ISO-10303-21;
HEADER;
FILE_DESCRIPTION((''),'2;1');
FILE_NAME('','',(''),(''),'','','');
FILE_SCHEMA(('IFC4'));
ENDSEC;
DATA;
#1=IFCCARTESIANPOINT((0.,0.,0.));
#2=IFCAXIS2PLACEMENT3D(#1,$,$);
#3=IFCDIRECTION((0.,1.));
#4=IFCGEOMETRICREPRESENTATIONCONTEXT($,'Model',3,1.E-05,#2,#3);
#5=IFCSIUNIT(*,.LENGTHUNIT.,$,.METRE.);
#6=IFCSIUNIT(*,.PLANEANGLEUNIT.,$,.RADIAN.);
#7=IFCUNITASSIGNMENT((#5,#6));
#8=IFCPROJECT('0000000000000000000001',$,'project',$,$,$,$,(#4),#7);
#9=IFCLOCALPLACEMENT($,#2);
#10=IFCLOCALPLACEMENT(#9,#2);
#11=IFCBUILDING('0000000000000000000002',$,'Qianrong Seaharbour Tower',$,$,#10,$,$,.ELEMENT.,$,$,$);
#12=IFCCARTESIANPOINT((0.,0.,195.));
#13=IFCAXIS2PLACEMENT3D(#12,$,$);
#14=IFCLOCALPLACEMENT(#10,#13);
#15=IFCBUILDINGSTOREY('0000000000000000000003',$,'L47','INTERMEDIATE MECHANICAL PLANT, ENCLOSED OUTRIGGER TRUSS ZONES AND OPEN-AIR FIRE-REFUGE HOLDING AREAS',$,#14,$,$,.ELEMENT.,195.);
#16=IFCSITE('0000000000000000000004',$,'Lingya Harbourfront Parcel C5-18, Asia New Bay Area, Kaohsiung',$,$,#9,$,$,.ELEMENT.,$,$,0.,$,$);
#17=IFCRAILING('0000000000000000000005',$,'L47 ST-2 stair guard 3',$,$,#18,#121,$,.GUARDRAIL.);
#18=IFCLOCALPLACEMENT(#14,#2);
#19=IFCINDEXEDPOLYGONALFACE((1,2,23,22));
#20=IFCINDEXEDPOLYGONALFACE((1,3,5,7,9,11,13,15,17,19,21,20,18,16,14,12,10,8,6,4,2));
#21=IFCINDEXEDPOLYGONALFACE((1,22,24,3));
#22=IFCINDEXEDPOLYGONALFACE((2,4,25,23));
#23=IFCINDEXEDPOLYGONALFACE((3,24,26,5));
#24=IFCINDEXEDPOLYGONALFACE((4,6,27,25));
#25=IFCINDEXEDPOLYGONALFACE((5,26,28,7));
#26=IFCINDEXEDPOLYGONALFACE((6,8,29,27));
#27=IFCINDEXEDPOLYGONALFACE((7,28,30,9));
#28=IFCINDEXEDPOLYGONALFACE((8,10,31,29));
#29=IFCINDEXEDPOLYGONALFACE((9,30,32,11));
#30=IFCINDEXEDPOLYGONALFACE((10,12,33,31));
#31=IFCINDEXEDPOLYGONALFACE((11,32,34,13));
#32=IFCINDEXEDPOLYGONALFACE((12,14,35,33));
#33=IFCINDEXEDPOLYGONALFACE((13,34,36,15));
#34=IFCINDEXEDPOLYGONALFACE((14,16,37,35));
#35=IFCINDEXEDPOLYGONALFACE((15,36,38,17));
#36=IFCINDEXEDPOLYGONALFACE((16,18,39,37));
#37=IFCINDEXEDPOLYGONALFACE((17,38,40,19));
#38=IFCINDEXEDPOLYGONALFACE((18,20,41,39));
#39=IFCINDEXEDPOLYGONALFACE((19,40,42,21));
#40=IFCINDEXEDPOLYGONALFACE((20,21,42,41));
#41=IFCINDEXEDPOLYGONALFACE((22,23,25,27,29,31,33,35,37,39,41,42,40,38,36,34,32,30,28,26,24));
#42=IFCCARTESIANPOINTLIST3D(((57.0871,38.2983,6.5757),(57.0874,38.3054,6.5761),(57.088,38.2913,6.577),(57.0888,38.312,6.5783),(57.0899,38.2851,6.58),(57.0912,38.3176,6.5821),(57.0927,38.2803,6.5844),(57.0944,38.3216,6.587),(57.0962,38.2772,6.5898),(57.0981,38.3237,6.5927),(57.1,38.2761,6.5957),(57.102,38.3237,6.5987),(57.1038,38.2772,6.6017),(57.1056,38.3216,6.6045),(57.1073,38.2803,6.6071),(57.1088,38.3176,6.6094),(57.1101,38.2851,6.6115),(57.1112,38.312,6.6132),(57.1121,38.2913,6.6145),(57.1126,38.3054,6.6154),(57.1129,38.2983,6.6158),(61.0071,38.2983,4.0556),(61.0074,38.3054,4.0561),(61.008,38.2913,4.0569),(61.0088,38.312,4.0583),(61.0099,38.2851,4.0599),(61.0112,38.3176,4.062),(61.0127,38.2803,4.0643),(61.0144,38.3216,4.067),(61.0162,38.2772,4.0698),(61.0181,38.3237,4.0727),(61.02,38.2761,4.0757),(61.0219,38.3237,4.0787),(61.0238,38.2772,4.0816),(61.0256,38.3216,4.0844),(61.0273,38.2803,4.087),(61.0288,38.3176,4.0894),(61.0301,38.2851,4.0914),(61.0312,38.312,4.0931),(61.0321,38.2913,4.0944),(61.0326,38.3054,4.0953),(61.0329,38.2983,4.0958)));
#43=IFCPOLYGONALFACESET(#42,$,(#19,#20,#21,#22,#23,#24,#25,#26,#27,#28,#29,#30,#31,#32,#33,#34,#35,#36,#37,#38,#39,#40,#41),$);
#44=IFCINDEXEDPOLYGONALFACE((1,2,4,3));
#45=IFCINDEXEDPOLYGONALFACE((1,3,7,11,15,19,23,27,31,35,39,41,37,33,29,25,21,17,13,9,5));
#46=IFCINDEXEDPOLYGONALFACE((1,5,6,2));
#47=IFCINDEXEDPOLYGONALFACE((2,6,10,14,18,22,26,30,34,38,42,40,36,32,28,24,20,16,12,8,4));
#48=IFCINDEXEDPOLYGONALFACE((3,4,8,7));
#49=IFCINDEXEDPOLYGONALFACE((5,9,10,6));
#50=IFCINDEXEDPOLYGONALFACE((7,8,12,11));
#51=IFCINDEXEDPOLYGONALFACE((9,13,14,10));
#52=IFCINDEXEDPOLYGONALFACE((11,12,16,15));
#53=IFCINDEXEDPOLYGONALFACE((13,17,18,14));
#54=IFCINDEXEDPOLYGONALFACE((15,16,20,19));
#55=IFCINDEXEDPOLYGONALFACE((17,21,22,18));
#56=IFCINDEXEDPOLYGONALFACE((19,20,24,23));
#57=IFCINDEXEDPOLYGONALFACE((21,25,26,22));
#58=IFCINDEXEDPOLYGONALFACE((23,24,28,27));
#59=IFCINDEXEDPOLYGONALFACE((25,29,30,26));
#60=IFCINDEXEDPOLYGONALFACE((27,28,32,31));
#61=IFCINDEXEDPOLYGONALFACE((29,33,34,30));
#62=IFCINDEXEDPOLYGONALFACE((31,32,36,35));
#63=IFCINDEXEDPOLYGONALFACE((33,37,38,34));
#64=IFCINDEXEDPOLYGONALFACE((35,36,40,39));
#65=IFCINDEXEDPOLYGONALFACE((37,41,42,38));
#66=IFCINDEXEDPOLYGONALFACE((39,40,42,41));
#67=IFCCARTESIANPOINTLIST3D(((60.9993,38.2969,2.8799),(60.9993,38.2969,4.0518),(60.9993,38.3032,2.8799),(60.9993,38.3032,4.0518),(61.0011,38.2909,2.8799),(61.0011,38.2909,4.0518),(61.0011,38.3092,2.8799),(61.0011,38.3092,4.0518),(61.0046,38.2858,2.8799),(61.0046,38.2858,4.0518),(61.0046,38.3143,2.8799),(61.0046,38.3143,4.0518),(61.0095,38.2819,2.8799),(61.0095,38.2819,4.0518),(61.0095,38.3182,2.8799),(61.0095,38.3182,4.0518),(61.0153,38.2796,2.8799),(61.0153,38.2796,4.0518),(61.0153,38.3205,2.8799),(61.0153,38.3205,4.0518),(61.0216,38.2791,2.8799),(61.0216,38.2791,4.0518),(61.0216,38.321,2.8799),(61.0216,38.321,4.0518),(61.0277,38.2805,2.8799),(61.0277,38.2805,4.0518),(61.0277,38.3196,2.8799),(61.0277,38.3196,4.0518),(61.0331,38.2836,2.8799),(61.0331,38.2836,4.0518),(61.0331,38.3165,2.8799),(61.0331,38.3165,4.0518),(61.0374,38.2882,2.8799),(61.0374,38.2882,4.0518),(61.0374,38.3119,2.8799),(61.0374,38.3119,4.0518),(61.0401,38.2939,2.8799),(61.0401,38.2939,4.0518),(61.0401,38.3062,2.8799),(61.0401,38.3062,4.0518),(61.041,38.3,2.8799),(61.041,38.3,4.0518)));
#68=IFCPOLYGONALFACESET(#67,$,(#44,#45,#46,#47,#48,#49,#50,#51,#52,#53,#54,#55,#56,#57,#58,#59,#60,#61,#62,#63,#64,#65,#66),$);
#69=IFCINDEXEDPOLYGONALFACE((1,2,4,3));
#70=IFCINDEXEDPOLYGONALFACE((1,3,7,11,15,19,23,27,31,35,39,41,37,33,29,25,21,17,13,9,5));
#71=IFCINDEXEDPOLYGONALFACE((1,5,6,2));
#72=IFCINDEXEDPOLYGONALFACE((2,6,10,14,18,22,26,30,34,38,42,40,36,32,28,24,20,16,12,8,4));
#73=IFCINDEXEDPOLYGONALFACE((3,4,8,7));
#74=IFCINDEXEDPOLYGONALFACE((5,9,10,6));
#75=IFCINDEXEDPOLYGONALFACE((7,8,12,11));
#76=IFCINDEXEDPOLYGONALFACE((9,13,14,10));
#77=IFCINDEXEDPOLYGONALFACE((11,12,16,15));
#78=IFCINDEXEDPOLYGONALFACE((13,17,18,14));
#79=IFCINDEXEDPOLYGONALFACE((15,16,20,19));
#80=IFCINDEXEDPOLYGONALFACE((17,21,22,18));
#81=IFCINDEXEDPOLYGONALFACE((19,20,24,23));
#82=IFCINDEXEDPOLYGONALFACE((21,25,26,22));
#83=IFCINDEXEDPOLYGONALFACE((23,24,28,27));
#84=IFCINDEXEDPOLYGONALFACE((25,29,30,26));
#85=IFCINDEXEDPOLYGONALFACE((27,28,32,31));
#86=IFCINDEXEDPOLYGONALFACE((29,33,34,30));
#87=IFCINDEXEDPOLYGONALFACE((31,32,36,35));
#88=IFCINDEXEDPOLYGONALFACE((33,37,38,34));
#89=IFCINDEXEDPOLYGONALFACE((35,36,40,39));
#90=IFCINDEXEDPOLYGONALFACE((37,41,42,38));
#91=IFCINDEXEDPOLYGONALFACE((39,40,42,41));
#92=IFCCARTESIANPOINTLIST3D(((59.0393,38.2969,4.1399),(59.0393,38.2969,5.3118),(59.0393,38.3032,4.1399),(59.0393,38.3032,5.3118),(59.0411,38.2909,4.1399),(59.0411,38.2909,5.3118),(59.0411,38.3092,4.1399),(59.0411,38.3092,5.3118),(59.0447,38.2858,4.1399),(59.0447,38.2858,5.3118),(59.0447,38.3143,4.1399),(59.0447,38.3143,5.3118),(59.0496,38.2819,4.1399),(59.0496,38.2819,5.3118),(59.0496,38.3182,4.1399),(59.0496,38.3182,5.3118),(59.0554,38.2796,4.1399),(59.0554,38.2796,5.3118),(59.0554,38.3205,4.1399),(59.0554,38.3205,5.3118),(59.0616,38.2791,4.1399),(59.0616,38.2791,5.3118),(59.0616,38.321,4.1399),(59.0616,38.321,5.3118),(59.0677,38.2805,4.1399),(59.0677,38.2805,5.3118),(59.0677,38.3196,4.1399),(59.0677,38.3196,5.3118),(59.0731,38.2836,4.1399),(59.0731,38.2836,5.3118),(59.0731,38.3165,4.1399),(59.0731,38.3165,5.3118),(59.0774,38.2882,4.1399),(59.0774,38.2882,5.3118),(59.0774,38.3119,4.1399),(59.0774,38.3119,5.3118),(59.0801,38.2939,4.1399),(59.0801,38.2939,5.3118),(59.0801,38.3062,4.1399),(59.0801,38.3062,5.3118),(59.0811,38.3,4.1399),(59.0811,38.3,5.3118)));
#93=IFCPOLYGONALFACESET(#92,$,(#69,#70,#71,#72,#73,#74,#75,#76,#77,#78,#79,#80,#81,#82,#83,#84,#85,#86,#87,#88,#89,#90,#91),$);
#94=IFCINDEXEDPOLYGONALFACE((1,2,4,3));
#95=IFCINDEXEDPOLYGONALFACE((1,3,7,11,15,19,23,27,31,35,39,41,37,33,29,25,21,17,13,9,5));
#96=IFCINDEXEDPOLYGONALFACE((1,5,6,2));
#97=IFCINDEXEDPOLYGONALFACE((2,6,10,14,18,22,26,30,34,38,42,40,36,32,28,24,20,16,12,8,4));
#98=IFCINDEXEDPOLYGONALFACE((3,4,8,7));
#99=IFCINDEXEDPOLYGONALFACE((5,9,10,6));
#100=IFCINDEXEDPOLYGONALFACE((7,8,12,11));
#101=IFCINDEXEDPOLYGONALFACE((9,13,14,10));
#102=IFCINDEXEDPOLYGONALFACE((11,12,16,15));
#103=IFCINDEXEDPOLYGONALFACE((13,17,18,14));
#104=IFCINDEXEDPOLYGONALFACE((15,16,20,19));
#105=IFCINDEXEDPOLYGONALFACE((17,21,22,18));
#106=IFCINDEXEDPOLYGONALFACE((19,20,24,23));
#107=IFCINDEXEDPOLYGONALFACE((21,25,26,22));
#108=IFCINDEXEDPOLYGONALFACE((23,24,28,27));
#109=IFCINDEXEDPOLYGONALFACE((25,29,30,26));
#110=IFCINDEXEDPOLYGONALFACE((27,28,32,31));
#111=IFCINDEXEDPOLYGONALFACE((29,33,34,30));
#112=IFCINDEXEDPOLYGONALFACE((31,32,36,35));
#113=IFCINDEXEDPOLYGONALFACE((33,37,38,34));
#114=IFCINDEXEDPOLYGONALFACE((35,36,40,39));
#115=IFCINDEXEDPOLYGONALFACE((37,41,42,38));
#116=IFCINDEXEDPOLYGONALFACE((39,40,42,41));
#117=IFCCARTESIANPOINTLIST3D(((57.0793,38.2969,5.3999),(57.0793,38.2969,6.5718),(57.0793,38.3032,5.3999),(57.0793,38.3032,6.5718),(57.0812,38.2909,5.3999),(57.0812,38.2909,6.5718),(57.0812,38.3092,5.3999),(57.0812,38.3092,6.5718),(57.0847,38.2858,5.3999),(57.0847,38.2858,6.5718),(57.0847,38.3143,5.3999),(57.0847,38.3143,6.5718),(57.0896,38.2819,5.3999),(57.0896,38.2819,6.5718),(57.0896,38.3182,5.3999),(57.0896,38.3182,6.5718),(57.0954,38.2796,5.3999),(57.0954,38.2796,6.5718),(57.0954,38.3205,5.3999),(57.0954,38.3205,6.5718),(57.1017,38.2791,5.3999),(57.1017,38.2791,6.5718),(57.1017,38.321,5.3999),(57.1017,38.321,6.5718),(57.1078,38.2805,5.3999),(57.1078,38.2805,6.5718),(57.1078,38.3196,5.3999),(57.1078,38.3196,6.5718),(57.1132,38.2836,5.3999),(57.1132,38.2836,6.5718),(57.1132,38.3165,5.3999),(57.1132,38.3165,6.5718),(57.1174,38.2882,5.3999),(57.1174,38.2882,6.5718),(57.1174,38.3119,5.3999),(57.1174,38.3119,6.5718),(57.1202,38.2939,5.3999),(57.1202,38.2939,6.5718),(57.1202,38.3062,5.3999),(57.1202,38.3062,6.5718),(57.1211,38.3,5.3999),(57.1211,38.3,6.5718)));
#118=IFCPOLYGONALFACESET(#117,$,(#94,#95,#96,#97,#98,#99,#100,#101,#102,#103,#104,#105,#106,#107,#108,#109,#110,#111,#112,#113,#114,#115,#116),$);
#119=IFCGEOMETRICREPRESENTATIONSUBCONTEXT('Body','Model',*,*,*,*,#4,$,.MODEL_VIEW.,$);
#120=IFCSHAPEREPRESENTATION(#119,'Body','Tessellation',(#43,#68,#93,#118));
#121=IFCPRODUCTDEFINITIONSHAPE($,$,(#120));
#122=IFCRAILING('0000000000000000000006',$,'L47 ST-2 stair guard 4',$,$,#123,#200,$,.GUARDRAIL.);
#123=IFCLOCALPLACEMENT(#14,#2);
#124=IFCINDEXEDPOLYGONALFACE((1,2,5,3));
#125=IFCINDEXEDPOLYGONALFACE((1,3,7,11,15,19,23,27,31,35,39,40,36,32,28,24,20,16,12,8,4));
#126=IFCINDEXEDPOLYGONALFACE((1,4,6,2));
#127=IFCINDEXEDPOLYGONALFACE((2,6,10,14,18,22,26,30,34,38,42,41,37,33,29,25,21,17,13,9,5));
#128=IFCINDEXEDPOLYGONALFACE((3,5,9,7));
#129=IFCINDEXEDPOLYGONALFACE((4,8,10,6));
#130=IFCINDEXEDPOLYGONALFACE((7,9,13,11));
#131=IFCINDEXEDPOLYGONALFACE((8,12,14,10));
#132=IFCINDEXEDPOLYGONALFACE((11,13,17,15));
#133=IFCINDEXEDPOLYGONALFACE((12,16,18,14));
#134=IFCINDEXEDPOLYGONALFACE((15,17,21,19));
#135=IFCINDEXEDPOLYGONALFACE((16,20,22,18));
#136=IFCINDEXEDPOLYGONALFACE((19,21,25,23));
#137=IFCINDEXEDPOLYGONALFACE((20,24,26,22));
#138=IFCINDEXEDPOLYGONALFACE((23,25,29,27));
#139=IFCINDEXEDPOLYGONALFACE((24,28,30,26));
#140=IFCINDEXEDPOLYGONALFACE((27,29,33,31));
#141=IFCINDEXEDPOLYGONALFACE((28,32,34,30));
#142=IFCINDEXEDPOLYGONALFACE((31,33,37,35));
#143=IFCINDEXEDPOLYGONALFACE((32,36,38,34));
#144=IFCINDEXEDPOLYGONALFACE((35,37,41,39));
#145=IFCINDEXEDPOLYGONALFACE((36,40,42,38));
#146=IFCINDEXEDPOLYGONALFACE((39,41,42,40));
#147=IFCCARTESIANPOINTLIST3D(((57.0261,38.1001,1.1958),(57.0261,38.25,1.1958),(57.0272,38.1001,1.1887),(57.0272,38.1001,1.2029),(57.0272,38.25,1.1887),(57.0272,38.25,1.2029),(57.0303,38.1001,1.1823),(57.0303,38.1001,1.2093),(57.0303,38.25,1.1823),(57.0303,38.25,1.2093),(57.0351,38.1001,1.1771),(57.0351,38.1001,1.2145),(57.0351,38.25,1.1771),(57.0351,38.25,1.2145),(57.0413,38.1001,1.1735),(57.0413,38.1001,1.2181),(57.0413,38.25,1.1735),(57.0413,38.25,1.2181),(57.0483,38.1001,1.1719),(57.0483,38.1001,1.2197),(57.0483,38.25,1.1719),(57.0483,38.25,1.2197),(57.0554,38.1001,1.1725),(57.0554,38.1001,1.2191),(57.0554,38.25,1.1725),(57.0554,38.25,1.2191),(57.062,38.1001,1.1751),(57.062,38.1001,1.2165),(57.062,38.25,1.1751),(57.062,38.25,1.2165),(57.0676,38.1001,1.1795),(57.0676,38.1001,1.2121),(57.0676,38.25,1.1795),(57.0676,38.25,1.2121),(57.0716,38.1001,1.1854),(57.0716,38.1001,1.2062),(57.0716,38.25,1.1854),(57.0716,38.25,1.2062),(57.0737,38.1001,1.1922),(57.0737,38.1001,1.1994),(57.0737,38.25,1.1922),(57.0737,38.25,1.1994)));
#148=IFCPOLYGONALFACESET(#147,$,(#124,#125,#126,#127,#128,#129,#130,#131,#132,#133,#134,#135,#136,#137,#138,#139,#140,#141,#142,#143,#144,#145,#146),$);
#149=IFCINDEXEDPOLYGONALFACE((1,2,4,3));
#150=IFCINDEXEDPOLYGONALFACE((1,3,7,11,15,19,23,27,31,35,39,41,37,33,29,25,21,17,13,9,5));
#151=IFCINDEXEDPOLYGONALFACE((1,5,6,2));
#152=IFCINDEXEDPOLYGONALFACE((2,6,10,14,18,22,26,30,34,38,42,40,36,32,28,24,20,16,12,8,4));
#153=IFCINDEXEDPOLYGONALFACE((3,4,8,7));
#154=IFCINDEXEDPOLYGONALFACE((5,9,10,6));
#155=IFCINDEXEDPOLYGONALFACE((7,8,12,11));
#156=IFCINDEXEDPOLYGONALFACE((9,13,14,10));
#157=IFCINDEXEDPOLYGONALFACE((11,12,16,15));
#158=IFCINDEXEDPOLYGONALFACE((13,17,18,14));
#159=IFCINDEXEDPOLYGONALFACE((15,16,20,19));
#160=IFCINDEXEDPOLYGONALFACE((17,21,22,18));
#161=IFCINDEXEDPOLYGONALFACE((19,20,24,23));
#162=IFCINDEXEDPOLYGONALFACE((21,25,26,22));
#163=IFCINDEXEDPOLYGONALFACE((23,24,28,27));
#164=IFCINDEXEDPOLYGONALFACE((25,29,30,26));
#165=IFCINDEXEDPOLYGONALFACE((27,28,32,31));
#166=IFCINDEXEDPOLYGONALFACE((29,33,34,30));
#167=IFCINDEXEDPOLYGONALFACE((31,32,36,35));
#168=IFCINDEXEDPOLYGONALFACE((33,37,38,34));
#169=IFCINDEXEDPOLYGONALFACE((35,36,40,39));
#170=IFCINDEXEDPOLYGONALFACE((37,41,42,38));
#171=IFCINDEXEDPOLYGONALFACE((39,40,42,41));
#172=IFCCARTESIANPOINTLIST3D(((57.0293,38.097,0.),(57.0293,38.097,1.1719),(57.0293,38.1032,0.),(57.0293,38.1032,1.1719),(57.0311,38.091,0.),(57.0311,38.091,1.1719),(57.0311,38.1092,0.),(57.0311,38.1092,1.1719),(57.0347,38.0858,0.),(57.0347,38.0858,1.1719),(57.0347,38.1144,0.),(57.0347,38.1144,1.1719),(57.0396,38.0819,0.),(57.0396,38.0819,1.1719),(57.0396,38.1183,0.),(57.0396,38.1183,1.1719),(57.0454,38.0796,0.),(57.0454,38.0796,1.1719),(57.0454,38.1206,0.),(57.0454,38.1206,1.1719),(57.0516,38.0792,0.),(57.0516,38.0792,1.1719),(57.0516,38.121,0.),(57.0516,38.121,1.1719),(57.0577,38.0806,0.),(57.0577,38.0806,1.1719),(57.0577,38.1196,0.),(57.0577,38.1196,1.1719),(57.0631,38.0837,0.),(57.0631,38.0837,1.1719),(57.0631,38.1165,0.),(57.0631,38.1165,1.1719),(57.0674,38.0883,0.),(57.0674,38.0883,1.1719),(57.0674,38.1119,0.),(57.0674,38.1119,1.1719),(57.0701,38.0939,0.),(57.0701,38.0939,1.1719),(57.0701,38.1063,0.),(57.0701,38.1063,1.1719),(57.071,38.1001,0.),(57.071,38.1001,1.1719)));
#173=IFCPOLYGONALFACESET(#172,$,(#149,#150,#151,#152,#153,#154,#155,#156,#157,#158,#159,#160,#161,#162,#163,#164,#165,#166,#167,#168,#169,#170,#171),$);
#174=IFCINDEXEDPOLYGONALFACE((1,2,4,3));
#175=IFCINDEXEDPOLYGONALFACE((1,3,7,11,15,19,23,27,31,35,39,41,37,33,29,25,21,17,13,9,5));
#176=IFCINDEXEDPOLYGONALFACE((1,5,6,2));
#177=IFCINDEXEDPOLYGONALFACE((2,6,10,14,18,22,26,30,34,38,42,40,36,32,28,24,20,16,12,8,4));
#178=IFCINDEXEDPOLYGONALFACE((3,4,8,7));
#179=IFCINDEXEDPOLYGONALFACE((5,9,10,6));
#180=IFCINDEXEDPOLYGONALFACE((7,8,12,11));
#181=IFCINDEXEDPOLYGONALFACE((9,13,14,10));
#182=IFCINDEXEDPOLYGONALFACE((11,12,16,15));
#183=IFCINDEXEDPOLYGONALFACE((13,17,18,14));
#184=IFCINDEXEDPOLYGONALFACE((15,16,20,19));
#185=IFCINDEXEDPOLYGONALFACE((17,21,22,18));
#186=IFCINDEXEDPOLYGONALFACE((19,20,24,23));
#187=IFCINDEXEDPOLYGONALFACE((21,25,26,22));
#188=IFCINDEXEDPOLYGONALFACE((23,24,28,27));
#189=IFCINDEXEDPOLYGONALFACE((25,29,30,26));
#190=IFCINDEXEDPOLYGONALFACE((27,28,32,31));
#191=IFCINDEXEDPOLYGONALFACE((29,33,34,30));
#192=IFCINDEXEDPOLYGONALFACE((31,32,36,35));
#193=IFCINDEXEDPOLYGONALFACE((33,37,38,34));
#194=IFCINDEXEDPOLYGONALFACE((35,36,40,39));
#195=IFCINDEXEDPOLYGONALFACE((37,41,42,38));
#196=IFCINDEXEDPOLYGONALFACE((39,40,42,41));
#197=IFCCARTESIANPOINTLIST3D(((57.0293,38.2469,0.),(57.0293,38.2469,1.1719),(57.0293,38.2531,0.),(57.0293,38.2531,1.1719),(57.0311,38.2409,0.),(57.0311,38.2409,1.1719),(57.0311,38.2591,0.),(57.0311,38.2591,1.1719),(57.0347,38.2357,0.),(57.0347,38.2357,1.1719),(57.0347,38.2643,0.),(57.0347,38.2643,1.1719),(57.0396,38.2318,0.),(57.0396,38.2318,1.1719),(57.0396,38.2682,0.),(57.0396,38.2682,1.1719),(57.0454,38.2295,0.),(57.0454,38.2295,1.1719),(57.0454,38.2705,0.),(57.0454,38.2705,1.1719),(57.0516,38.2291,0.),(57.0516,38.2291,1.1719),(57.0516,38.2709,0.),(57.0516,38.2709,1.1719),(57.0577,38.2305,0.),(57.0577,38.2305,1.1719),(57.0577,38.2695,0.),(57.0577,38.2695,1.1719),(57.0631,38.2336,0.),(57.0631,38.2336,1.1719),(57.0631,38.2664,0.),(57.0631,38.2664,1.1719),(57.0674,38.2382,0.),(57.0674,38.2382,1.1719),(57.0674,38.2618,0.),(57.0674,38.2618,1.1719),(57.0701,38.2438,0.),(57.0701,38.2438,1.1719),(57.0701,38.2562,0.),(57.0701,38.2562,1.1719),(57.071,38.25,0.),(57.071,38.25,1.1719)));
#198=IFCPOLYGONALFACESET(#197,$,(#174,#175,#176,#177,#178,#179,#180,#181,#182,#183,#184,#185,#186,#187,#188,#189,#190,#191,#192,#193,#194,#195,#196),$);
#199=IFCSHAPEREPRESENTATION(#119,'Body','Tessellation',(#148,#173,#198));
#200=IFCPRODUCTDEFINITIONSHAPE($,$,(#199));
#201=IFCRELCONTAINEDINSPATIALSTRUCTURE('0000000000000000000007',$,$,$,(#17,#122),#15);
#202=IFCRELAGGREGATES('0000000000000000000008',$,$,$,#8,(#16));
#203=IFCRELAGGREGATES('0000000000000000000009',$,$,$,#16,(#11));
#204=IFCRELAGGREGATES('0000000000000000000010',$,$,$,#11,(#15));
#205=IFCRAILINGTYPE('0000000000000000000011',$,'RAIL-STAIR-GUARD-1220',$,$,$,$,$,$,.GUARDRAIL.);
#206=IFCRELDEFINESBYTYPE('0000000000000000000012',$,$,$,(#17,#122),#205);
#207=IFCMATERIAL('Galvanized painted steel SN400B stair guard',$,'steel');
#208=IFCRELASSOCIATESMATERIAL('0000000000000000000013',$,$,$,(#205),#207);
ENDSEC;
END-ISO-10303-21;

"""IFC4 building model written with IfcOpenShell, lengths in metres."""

from ifc_helpers import new_model, si_unit, direction, frame, origin, origin_2d, place, context, subcontext, project, spatial, circle, extrude, material, type_object, element, save


model = new_model("IFC4")

# Units and contexts
model_context = context("Model", 3, precision=1e-05, world=origin(), true_north=direction((0.0, 1.0)))
body_context = subcontext(model_context, "Body", "Model", "MODEL_VIEW")
ifc_project = project(units=[si_unit("LENGTHUNIT", "METRE"), si_unit("PLANEANGLEUNIT", "RADIAN")], contexts=[model_context])

# Site, building, storey
site_placement = place(None, origin())
site = spatial("IfcSite", under=ifc_project, at=site_placement, Name="Lingya Harbourfront Parcel C5-18, Asia New Bay Area, Kaohsiung", CompositionType="ELEMENT", RefElevation=0.0)
building_placement = place(site_placement, origin())
building = spatial("IfcBuilding", under=site, at=building_placement, Name="Qianrong Seaharbour Tower", CompositionType="ELEMENT")
storey_placement = place(building_placement, frame((0.0, 0.0, 195.0)))
storey = spatial("IfcBuildingStorey", under=building, at=storey_placement, Name="L47", Description="INTERMEDIATE MECHANICAL PLANT, ENCLOSED OUTRIGGER TRUSS ZONES AND OPEN-AIR FIRE-REFUGE HOLDING AREAS", CompositionType="ELEMENT", Elevation=195.0)

# Railings
ifc_material_1 = material(Name="Galvanized painted steel SN400B stair guard", Category="steel")
railing_type_1 = type_object("IfcRailingType", Name="RAIL-STAIR-GUARD-1220", PredefinedType="GUARDRAIL", material=ifc_material_1)
railing_1_placement = place(storey_placement, frame((61.02, 38.3, 2.8799)))
element("IfcRailing", 1, at=railing_1_placement, inside=storey, type_object=railing_type_1, Name="L47 ST-2 stair guard 3", PredefinedType="GUARDRAIL", context=body_context, shape_type="SweptSolid", body=[
    extrude(circle(Radius=0.0239, at=origin_2d()), frame((0.0, 0.0, 1.1958), z_axis=(-0.841172, 0.0, 0.540768), x_axis=(0.0, -1.0, 0.0)), (0.0, 0.0, 1.0), 4.6602),
    extrude(circle(Radius=0.021, at=origin_2d()), origin(), (0.0, 0.0, 1.0), 1.1719),
    extrude(circle(Radius=0.021, at=origin_2d()), frame((-1.96, 0.0, 1.26)), (0.0, 0.0, 1.0), 1.1719),
    extrude(circle(Radius=0.021, at=origin_2d()), frame((-3.9199, 0.0, 2.52)), (0.0, 0.0, 1.0), 1.1719),
])
railing_2_placement = place(storey_placement, frame((57.05, 38.1001, 0.0)))
element("IfcRailing", 2, at=railing_2_placement, inside=storey, type_object=railing_type_1, Name="L47 ST-2 stair guard 4", PredefinedType="GUARDRAIL", context=body_context, shape_type="SweptSolid", body=[
    extrude(circle(Radius=0.0239, at=origin_2d()), frame((0.0, 0.0, 1.1958), z_axis=(0.0, 1.0, 0.0), x_axis=(-1.0, 0.0, 0.0)), (0.0, 0.0, 1.0), 0.1499),
    extrude(circle(Radius=0.021, at=origin_2d()), origin(), (0.0, 0.0, 1.0), 1.1719),
    extrude(circle(Radius=0.021, at=origin_2d()), frame((0.0, 0.1499, 0.0)), (0.0, 0.0, 1.0), 1.1719),
])

save(model, "model.ifc")
